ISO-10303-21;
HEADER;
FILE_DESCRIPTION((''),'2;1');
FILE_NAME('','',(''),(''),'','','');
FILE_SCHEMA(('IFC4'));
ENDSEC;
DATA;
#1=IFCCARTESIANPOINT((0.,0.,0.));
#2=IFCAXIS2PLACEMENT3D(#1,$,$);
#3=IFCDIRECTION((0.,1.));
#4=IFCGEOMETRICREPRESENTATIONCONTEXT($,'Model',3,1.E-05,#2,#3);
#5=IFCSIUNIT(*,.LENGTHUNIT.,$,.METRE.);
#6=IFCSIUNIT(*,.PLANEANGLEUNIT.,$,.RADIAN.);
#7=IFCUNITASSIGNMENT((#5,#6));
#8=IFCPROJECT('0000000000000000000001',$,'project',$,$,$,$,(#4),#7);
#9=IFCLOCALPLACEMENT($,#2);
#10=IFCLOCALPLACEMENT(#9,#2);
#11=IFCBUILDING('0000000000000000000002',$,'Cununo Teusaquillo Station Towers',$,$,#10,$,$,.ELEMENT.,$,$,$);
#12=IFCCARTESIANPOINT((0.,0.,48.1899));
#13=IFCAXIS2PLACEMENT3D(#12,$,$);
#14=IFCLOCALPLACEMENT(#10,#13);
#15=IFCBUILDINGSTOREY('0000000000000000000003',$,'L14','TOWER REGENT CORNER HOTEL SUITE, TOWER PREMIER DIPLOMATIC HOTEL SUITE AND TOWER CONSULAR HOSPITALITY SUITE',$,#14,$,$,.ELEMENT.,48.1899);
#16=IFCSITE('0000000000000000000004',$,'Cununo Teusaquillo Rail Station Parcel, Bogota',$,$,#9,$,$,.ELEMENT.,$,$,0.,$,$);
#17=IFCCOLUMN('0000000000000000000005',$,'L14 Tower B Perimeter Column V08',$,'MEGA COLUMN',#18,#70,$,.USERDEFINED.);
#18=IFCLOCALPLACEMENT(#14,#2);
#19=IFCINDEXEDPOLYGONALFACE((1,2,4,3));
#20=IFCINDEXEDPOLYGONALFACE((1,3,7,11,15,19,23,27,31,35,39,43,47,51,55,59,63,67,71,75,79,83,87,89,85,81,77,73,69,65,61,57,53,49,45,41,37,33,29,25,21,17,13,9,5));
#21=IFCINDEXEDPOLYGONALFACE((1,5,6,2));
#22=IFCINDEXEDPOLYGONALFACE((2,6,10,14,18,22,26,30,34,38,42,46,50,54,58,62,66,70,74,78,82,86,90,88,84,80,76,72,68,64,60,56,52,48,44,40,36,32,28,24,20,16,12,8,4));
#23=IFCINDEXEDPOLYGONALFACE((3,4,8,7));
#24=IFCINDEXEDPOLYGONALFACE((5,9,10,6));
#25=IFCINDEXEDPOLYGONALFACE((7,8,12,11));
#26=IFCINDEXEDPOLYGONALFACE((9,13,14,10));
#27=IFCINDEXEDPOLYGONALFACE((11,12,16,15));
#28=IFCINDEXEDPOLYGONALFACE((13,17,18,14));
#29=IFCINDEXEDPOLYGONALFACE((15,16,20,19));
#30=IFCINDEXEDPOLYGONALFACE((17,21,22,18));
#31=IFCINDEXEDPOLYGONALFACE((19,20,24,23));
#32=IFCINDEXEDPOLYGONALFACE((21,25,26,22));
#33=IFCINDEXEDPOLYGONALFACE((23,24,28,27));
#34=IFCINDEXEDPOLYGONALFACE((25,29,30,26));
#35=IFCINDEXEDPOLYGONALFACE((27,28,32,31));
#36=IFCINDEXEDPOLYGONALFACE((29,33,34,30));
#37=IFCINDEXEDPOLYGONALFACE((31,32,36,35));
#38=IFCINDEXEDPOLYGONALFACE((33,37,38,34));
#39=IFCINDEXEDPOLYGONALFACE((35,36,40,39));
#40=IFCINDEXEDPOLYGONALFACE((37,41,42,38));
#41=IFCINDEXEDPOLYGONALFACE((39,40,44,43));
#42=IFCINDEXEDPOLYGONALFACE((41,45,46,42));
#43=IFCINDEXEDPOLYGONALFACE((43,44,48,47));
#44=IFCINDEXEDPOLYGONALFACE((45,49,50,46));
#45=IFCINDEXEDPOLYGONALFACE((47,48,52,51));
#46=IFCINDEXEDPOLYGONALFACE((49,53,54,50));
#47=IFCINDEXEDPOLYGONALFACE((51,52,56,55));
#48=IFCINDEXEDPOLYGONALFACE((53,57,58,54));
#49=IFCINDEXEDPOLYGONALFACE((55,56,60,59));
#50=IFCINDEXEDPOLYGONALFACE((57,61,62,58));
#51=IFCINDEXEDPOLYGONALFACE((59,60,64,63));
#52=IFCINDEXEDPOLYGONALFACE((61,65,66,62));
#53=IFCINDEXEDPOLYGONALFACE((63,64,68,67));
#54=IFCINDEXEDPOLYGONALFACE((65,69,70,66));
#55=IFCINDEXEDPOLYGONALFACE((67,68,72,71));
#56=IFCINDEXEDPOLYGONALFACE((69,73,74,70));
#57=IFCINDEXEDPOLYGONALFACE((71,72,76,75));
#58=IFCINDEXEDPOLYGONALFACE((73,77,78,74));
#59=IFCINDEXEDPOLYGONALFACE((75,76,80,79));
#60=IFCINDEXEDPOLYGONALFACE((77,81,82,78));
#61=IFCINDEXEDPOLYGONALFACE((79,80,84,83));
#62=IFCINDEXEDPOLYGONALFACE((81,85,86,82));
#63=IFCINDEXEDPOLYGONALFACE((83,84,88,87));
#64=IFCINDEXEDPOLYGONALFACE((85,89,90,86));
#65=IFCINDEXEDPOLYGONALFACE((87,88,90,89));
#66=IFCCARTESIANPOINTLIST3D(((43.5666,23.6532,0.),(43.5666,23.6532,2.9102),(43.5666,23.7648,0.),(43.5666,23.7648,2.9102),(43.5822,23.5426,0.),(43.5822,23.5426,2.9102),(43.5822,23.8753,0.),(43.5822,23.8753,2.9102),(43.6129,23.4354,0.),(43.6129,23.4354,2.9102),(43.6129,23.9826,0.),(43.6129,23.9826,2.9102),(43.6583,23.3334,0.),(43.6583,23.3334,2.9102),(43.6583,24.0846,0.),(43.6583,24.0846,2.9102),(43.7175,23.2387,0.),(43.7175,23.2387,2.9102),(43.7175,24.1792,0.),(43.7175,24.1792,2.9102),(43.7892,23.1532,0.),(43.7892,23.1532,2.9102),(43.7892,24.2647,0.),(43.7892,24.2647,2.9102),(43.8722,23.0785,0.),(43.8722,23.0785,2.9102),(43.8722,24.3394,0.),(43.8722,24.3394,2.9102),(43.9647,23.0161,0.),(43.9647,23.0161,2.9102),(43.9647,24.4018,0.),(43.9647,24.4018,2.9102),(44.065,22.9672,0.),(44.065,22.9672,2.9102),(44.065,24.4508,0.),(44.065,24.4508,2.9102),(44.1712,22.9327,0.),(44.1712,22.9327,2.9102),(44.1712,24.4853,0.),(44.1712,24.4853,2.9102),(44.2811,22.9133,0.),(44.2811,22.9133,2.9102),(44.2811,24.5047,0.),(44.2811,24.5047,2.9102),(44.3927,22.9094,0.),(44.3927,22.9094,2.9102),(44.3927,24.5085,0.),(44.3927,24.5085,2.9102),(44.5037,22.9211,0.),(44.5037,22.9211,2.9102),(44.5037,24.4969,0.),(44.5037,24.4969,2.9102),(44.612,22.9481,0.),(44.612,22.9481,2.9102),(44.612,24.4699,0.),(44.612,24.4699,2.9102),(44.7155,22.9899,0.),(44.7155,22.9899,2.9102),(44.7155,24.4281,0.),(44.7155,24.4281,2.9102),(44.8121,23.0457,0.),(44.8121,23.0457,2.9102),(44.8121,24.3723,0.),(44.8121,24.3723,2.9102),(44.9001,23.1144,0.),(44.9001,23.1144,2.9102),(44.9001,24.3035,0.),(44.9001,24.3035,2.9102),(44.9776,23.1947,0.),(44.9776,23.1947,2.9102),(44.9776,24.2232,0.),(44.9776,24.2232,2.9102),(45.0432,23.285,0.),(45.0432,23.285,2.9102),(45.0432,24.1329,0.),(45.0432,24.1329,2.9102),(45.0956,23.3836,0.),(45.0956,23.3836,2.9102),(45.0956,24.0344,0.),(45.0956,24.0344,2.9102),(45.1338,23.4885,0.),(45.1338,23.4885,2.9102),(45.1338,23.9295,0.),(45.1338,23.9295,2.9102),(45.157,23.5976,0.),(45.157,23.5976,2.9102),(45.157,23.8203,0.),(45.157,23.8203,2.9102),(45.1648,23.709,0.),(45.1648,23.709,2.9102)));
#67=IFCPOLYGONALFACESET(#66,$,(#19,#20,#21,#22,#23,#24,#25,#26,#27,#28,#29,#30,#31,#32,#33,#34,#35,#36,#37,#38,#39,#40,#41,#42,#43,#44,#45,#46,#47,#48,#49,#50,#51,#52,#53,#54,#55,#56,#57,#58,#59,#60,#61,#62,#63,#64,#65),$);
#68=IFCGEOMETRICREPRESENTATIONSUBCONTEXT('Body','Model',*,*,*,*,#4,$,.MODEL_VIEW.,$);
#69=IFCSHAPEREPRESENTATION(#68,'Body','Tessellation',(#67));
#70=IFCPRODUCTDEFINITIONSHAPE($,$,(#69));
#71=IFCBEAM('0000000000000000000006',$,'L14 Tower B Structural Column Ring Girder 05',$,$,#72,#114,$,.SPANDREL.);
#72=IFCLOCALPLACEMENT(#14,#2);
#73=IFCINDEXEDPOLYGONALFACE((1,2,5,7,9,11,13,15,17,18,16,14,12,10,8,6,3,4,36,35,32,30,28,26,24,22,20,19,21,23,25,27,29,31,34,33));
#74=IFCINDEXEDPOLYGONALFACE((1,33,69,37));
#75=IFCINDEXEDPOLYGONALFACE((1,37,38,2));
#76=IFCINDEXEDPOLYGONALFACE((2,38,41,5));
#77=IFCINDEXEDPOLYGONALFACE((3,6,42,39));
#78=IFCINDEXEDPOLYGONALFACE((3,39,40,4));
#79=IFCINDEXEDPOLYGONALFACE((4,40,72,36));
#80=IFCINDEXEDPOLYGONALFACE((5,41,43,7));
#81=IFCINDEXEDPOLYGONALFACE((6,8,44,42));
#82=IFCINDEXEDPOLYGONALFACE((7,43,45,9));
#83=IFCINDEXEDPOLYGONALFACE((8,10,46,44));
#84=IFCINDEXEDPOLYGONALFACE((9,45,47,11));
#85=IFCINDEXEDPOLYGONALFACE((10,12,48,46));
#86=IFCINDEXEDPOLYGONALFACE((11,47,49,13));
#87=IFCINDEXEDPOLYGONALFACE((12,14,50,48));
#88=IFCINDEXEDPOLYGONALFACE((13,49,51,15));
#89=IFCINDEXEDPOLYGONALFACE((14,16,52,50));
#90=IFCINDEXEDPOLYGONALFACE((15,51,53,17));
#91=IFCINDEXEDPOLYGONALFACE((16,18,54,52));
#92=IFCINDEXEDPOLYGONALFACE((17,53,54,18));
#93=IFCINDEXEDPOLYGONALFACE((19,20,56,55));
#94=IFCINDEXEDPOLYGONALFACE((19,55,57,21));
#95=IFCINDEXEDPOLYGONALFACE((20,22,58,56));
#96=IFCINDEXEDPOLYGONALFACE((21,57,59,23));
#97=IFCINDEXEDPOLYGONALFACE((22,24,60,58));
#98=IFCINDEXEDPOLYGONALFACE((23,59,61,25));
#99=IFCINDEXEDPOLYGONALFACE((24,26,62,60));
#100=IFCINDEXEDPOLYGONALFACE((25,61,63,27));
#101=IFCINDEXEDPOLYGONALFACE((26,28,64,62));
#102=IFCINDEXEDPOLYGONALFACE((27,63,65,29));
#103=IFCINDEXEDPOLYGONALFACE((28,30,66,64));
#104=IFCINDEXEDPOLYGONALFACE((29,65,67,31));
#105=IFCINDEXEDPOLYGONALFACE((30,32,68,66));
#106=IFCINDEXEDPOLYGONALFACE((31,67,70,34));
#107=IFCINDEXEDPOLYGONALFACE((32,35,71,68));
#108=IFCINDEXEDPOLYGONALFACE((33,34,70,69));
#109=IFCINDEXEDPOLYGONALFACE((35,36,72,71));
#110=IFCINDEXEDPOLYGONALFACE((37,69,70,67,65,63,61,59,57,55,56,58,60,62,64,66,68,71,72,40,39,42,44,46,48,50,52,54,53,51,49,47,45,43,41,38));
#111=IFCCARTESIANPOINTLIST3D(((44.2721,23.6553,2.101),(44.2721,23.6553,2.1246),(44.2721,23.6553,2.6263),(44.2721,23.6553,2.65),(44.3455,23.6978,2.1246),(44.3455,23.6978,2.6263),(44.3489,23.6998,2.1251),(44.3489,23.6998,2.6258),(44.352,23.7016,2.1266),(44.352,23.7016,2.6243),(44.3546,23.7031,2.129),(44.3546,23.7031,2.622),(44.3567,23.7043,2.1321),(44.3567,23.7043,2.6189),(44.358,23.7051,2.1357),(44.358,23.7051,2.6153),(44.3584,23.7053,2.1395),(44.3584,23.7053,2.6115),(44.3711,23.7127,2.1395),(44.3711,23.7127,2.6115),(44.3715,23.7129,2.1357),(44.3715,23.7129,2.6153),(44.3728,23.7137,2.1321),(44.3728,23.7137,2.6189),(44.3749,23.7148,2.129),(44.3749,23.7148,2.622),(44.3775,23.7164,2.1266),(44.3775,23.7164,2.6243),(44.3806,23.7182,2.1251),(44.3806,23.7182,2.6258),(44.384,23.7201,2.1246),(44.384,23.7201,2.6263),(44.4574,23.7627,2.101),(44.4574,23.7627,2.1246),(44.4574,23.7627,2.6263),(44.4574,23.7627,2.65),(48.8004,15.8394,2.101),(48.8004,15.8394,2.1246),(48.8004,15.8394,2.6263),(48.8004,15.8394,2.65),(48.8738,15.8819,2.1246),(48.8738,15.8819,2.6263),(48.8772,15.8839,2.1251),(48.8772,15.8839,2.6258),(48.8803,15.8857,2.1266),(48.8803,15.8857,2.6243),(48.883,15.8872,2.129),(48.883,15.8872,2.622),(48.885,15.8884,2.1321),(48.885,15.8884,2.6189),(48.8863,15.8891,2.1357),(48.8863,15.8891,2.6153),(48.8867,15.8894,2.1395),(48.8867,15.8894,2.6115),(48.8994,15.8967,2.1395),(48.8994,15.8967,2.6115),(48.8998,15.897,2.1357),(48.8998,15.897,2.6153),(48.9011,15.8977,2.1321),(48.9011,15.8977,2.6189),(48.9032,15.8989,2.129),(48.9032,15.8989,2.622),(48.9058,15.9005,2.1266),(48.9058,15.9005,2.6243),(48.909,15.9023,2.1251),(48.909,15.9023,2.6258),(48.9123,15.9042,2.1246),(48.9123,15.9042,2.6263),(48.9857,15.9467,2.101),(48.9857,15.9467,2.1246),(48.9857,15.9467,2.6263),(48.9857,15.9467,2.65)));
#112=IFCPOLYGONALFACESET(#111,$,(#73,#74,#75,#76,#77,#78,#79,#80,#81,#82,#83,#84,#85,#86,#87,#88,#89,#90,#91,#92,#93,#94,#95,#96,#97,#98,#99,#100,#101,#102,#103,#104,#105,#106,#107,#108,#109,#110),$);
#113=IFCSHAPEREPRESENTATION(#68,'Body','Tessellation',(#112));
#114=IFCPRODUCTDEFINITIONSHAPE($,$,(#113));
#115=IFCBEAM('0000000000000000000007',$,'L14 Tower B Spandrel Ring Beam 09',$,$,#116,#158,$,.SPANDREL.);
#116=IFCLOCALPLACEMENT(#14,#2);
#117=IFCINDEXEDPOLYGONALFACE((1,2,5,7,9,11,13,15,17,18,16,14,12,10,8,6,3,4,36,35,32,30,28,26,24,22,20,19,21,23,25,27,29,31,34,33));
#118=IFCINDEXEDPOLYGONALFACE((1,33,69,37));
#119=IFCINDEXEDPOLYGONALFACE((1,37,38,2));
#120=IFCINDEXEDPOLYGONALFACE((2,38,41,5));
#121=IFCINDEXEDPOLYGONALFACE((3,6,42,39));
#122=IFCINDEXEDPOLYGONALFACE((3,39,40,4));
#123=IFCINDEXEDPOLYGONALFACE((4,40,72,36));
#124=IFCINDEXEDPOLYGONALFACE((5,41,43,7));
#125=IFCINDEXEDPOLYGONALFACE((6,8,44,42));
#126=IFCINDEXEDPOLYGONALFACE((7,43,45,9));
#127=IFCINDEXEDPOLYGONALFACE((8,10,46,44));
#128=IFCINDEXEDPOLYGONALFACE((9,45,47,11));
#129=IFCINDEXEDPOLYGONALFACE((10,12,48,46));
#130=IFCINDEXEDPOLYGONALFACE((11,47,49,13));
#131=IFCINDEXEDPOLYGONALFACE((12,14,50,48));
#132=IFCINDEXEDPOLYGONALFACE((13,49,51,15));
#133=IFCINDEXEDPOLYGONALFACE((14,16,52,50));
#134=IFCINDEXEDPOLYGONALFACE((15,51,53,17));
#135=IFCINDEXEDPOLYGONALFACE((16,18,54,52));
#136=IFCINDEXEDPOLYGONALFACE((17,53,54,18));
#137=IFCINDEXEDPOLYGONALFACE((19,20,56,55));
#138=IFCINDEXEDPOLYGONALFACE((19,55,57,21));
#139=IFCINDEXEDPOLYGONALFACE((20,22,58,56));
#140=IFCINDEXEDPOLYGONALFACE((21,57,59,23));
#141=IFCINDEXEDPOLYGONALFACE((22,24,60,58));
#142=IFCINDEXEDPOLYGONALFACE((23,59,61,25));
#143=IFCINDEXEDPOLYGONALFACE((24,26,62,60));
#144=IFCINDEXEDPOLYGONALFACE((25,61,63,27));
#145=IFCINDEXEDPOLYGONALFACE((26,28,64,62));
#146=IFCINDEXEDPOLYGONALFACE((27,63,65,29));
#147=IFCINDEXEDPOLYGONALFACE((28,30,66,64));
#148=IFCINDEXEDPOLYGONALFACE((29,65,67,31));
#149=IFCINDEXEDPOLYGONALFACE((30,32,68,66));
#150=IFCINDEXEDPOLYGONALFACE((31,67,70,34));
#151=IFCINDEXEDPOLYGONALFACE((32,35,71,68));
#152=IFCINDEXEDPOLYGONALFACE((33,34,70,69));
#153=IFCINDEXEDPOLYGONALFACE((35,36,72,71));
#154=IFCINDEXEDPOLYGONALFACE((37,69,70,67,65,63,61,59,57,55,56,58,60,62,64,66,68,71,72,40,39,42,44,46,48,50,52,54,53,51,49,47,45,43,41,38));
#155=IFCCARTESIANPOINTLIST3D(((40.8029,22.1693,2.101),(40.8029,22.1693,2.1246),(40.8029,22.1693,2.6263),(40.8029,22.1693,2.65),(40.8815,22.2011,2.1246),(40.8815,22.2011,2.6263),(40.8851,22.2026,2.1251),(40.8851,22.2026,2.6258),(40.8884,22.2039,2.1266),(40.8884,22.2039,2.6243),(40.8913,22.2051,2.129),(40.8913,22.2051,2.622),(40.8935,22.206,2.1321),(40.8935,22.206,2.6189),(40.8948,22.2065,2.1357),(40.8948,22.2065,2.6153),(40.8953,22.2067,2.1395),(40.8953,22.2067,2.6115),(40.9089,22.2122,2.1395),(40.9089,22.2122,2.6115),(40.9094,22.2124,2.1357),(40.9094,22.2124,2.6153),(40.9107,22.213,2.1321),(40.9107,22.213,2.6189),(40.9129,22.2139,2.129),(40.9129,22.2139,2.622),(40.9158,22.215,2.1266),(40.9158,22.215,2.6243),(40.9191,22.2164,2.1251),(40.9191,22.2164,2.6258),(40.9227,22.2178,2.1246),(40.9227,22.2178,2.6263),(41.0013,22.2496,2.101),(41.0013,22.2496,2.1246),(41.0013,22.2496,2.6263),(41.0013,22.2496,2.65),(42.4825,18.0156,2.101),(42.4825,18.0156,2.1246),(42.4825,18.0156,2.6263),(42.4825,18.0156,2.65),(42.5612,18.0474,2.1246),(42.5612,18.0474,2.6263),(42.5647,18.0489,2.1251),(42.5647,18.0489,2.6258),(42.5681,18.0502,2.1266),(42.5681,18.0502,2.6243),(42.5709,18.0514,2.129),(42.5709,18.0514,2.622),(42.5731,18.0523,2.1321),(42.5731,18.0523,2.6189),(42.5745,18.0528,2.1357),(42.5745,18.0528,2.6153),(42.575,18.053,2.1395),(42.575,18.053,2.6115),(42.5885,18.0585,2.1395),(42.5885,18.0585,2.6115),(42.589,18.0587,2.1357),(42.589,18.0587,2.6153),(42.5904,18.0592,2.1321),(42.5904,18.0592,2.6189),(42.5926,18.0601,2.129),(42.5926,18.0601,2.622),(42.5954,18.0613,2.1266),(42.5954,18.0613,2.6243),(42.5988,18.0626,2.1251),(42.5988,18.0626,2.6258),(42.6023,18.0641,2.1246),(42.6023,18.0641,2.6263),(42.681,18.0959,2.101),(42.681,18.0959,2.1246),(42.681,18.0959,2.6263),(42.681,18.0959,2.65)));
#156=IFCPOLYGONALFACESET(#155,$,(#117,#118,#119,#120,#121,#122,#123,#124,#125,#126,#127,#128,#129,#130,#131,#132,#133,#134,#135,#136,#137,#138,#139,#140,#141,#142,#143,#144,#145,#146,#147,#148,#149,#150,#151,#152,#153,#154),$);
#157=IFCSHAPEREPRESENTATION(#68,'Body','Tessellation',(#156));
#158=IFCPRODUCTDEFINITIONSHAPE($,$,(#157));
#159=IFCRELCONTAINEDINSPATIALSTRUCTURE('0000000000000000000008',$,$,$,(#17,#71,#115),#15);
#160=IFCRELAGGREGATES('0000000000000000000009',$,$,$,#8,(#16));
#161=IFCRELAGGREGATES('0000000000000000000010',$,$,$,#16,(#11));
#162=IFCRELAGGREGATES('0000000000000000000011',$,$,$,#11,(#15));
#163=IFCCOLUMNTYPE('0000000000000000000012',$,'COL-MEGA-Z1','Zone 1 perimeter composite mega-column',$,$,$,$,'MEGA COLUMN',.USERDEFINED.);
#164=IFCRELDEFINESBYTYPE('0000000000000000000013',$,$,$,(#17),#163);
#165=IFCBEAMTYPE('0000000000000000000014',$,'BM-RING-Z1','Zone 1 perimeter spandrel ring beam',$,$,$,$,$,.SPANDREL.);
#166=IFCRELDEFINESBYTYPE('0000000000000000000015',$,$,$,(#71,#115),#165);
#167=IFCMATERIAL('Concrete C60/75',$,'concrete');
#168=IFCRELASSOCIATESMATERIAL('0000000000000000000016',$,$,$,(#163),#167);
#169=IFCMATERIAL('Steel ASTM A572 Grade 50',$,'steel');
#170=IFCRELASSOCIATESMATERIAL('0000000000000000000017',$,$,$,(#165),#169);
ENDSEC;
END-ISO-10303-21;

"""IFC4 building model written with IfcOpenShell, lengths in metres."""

from ifc_helpers import new_model, si_unit, direction, frame, origin, origin_2d, place, context, subcontext, project, spatial, circle, i_section, extrude, material, material_profile, profile_set, type_object, element, save


model = new_model("IFC4")

# Units and contexts
model_context = context("Model", 3, precision=1e-05, world=origin(), true_north=direction((0.0, 1.0)))
body_context = subcontext(model_context, "Body", "Model", "MODEL_VIEW")
ifc_project = project(units=[si_unit("LENGTHUNIT", "METRE"), si_unit("PLANEANGLEUNIT", "RADIAN")], contexts=[model_context])

# Site, building, storey
site_placement = place(None, origin())
site = spatial("IfcSite", under=ifc_project, at=site_placement, Name="Cununo Teusaquillo Rail Station Parcel, Bogota", CompositionType="ELEMENT", RefElevation=0.0)
building_placement = place(site_placement, origin())
building = spatial("IfcBuilding", under=site, at=building_placement, Name="Cununo Teusaquillo Station Towers", CompositionType="ELEMENT")
storey_placement = place(building_placement, frame((0.0, 0.0, 48.1899)))
storey = spatial("IfcBuildingStorey", under=building, at=storey_placement, Name="L14", Description="TOWER REGENT CORNER HOTEL SUITE, TOWER PREMIER DIPLOMATIC HOTEL SUITE AND TOWER CONSULAR HOSPITALITY SUITE", CompositionType="ELEMENT", Elevation=48.1899)

# Column
ifc_material_1 = material(Name="Concrete C60/75", Category="concrete")
ifc_material_profile_1 = material_profile(ifc_material_1, circle(Radius=0.8, at=origin_2d()), Name="RC-CIRC-1600")
ifc_profile_set_1 = profile_set([ifc_material_profile_1], Name="Concrete C60/75")
column_type = type_object("IfcColumnType", Name="COL-MEGA-Z1", Description="Zone 1 perimeter composite mega-column", ElementType="MEGA COLUMN", PredefinedType="USERDEFINED", material=ifc_profile_set_1)
column_placement = place(storey_placement, frame((44.3647, 23.709, 0.0), z_axis=(0.0, 0.0, 1.0), x_axis=(1.0, 0.0, 0.0)))
element("IfcColumn", 1, at=column_placement, inside=storey, type_object=column_type, Name="L14 Tower B Perimeter Column V08", ObjectType="MEGA COLUMN", PredefinedType="USERDEFINED", context=body_context, shape_type="SweptSolid", body=[
    extrude(circle(Radius=0.8, at=origin_2d()), origin(), (0.0, 0.0, 1.0), 2.9102),
])

# Beams
ifc_material_2 = material(Name="Steel ASTM A572 Grade 50", Category="steel")
ifc_material_profile_2 = material_profile(ifc_material_2, i_section(OverallWidth=0.2141, OverallDepth=0.5491, WebThickness=0.0146, FlangeThickness=0.0237, FilletRadius=0.0149, at=origin_2d()), Name="W21X93")
ifc_profile_set_2 = profile_set([ifc_material_profile_2], Name="Steel ASTM A572 Grade 50")
beam_type = type_object("IfcBeamType", Name="BM-RING-Z1", Description="Zone 1 perimeter spandrel ring beam", PredefinedType="SPANDREL", material=ifc_profile_set_2)
beam_1_placement = place(storey_placement, frame((44.3647, 23.709, 2.3755), z_axis=(0.501311, -0.865267, 0.0), x_axis=(0.865267, 0.501311, 0.0)))
element("IfcBeam", 2, at=beam_1_placement, inside=storey, type_object=beam_type, Name="L14 Tower B Structural Column Ring Girder 05", PredefinedType="SPANDREL", context=body_context, shape_type="SweptSolid", body=[
    extrude(i_section(OverallWidth=0.2141, OverallDepth=0.5491, WebThickness=0.0146, FlangeThickness=0.0237, FilletRadius=0.0149, at=origin_2d()), origin(), (0.0, 0.0, 1.0), 9.033),
])
beam_2_placement = place(storey_placement, frame((40.9021, 22.2095, 2.3755), z_axis=(0.374883, -0.927072, 0.0), x_axis=(0.927072, 0.374883, 0.0)))
element("IfcBeam", 3, at=beam_2_placement, inside=storey, type_object=beam_type, Name="L14 Tower B Spandrel Ring Beam 09", PredefinedType="SPANDREL", context=body_context, shape_type="SweptSolid", body=[
    extrude(i_section(OverallWidth=0.2141, OverallDepth=0.5491, WebThickness=0.0146, FlangeThickness=0.0237, FilletRadius=0.0149, at=origin_2d()), origin(), (0.0, 0.0, 1.0), 4.4805),
])

save(model, "model.ifc")
